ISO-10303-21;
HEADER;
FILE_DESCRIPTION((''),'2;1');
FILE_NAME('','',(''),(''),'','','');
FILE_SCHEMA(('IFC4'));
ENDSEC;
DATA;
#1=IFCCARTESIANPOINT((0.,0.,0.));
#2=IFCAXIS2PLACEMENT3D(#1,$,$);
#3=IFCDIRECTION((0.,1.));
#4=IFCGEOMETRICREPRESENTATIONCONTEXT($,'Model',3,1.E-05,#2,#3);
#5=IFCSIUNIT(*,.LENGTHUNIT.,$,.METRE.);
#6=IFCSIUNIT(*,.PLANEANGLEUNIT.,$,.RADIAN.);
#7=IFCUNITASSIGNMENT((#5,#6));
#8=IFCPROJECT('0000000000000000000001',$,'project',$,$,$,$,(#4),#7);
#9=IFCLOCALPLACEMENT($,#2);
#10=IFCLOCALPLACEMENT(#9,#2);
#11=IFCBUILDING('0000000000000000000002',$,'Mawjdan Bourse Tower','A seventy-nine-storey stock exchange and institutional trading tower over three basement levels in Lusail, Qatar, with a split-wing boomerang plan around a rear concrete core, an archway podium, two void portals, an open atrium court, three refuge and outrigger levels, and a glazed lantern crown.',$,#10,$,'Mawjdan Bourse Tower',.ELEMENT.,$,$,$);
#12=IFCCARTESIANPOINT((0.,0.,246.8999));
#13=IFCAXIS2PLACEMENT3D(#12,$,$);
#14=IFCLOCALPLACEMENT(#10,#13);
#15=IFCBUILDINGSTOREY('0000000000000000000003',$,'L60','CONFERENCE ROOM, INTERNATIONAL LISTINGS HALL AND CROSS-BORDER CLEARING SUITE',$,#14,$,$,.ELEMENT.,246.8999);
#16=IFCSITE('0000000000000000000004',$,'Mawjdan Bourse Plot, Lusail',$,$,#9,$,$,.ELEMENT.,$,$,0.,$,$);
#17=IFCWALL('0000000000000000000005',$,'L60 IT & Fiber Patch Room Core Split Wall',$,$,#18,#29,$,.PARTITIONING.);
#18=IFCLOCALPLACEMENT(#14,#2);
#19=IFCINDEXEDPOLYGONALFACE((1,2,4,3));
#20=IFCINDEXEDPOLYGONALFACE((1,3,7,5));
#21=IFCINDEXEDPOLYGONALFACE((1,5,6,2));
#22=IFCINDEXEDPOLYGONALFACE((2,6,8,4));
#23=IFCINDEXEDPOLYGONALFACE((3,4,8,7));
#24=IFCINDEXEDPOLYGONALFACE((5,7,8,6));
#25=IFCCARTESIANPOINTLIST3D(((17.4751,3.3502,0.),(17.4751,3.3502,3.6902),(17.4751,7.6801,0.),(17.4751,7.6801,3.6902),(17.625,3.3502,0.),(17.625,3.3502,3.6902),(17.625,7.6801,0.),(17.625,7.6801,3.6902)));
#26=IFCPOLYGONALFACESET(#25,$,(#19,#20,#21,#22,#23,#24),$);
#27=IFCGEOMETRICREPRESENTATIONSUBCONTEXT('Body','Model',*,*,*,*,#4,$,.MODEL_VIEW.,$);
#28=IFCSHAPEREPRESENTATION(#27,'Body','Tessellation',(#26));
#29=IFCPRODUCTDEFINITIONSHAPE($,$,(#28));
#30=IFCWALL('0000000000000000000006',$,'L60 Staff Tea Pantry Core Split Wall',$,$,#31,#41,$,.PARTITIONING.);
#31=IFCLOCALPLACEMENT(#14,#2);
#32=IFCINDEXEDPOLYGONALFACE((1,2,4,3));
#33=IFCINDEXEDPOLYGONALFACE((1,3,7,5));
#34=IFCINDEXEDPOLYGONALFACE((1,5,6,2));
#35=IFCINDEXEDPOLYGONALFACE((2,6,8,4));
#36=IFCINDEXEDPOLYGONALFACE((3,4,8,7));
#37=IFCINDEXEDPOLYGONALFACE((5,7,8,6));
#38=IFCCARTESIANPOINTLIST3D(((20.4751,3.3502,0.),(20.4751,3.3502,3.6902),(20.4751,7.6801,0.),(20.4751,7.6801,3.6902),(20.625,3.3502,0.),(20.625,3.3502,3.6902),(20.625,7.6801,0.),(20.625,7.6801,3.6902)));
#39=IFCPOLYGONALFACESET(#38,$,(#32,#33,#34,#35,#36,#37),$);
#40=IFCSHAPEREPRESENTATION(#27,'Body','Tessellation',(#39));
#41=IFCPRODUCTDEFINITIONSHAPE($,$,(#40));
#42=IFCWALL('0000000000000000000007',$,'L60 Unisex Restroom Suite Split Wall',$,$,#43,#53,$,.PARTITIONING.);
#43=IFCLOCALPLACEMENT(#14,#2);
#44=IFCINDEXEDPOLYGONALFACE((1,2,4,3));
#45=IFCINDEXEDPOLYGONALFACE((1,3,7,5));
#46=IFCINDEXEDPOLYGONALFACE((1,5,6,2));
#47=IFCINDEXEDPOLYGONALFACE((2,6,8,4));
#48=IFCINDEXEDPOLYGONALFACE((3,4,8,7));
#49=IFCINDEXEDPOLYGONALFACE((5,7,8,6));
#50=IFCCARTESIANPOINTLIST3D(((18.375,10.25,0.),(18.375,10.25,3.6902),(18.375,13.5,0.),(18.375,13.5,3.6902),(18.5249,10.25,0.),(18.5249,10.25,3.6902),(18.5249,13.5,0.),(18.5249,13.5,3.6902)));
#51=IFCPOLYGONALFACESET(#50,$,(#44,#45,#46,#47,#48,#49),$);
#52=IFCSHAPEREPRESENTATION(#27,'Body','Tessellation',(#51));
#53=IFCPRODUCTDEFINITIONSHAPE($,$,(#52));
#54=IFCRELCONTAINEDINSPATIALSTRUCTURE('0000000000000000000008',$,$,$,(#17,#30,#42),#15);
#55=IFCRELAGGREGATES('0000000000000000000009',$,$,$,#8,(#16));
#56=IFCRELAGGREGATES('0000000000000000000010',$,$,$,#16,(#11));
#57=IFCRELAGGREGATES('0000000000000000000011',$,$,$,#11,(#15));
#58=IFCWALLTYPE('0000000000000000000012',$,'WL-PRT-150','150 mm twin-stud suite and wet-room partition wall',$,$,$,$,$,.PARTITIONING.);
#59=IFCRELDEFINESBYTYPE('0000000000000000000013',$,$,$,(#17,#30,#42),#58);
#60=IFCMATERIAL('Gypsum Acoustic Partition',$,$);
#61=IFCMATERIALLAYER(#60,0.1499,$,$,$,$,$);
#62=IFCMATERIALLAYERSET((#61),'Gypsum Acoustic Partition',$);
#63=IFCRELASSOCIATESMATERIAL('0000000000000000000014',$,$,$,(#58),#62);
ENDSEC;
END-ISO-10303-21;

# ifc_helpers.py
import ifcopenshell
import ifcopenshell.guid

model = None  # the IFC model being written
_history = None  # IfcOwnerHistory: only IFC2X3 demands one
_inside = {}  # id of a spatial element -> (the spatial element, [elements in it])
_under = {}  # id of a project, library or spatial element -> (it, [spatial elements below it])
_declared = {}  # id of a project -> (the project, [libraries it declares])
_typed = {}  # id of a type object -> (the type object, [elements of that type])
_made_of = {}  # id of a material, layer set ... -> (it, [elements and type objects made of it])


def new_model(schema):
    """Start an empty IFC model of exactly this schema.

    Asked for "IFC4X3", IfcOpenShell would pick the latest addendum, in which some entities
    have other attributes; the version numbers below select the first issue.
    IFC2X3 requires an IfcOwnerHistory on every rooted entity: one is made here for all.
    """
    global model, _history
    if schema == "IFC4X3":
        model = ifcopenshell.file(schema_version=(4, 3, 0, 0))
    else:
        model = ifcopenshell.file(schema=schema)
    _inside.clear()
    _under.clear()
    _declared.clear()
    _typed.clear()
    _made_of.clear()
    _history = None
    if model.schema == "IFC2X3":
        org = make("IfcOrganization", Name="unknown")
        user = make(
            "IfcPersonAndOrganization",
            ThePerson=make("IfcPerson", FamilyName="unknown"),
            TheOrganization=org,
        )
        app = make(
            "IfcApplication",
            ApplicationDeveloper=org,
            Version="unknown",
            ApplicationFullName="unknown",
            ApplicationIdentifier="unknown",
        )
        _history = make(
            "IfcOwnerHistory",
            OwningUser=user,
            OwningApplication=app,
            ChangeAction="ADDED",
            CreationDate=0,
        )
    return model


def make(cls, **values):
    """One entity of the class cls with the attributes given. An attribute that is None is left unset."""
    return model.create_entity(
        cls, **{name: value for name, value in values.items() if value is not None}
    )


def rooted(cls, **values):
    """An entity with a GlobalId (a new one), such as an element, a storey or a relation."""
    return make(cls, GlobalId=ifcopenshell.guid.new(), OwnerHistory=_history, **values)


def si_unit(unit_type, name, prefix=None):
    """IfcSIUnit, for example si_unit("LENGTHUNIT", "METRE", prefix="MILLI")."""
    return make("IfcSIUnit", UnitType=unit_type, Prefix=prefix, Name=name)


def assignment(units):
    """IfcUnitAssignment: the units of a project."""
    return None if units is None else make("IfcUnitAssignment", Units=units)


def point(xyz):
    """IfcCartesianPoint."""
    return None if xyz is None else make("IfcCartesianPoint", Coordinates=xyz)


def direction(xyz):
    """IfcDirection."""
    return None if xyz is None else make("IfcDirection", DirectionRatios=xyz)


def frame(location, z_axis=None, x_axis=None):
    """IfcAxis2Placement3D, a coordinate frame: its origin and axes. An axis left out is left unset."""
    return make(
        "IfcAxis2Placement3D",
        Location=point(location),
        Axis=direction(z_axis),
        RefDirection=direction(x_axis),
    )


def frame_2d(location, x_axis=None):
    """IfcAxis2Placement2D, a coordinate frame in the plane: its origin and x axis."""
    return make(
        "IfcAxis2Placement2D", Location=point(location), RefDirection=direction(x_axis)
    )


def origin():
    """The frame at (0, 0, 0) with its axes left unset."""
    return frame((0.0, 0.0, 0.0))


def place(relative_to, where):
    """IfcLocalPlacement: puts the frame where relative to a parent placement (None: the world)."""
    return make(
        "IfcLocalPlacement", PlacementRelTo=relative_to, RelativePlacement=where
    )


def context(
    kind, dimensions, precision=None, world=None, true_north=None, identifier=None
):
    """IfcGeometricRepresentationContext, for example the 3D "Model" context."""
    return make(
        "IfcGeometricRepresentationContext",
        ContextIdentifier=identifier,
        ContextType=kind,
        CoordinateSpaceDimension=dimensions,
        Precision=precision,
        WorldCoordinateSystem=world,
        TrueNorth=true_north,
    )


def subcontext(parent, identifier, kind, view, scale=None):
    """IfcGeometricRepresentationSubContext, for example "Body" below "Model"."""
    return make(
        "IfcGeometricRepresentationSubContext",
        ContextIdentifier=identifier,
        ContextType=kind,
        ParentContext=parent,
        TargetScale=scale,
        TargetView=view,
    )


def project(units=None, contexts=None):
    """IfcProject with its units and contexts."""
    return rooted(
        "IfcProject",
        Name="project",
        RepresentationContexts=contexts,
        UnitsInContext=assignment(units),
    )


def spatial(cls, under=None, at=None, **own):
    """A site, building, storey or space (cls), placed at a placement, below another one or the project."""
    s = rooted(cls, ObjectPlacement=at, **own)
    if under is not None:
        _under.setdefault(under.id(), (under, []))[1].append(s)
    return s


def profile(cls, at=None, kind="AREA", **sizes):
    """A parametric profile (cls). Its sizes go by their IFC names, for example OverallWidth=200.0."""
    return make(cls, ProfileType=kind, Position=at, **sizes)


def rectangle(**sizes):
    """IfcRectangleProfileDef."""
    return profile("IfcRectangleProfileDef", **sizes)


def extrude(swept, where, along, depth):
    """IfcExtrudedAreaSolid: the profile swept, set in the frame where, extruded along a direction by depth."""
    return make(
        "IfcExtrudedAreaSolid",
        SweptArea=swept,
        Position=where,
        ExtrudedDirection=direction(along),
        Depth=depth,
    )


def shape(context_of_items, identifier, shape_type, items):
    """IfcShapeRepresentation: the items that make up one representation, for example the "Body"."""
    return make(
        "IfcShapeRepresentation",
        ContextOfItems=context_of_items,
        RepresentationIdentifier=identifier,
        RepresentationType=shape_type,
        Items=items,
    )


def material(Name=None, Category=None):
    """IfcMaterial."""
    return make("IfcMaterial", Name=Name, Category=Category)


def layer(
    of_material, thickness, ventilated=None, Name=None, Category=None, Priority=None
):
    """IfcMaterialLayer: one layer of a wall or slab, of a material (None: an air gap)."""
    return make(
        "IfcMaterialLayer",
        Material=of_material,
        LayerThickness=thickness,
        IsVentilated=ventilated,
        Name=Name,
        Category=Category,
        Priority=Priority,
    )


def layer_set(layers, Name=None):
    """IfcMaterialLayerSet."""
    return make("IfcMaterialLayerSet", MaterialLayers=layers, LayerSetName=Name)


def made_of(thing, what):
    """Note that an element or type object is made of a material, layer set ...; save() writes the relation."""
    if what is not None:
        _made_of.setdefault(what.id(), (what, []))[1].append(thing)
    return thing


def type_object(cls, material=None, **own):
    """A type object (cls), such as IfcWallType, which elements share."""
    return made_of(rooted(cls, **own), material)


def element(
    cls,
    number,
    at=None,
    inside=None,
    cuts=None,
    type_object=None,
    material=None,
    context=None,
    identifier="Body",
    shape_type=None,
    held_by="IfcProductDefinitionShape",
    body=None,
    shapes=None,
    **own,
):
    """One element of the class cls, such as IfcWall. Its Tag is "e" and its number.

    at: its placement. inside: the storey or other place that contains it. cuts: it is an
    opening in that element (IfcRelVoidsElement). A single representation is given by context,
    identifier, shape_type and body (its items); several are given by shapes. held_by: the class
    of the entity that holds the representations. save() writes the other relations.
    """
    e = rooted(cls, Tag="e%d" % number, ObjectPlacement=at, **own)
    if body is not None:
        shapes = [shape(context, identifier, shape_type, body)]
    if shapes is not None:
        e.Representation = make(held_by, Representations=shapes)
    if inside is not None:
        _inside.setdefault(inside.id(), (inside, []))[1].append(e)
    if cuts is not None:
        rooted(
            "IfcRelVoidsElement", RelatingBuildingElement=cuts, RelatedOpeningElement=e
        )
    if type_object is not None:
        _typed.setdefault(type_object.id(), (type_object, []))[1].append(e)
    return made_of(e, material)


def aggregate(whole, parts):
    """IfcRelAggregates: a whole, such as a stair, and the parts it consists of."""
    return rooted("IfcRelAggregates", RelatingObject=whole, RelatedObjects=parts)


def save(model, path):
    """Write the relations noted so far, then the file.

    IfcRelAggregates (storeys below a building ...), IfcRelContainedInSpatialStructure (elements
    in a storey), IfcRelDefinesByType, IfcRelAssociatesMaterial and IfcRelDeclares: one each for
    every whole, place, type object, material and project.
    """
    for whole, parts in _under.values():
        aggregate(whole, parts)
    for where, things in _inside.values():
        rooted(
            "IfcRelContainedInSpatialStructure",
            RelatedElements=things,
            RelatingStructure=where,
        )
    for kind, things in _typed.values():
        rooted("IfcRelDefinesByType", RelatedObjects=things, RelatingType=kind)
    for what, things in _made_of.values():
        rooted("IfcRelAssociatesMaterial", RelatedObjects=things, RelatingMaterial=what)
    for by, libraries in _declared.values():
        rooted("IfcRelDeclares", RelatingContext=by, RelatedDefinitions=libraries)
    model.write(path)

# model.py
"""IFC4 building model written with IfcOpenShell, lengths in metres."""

from ifc_helpers import new_model, si_unit, direction, frame, frame_2d, origin, place, context, subcontext, project, spatial, rectangle, extrude, material, layer, layer_set, type_object, element, save


model = new_model("IFC4")

# Units and contexts
model_context = context("Model", 3, precision=1e-05, world=origin(), true_north=direction((0.0, 1.0)))
body_context = subcontext(model_context, "Body", "Model", "MODEL_VIEW")
ifc_project = project(units=[si_unit("LENGTHUNIT", "METRE"), si_unit("PLANEANGLEUNIT", "RADIAN")], contexts=[model_context])

# Site, building, storey
site_placement = place(None, origin())
site = spatial("IfcSite", under=ifc_project, at=site_placement, Name="Mawjdan Bourse Plot, Lusail", CompositionType="ELEMENT", RefElevation=0.0)
building_placement = place(site_placement, origin())
building = spatial("IfcBuilding", under=site, at=building_placement, Name="Mawjdan Bourse Tower", Description="A seventy-nine-storey stock exchange and institutional trading tower over three basement levels in Lusail, Qatar, with a split-wing boomerang plan around a rear concrete core, an archway podium, two void portals, an open atrium court, three refuge and outrigger levels, and a glazed lantern crown.", LongName="Mawjdan Bourse Tower", CompositionType="ELEMENT")
storey_placement = place(building_placement, frame((0.0, 0.0, 246.8999)))
storey = spatial("IfcBuildingStorey", under=building, at=storey_placement, Name="L60", Description="CONFERENCE ROOM, INTERNATIONAL LISTINGS HALL AND CROSS-BORDER CLEARING SUITE", CompositionType="ELEMENT", Elevation=246.8999)

# Walls
ifc_material_1 = material(Name="Gypsum Acoustic Partition")
ifc_layer_1 = layer(ifc_material_1, 0.1499)
ifc_layer_set_1 = layer_set([ifc_layer_1], Name="Gypsum Acoustic Partition")
wall_type_1 = type_object("IfcWallType", Name="WL-PRT-150", Description="150 mm twin-stud suite and wet-room partition wall", PredefinedType="PARTITIONING", material=ifc_layer_set_1)
for number, where, z_axis, x_axis, name in (
    (1, (17.55, 3.3501, 0.0), (0.0, 0.0, 1.0), (0.0, 1.0, 0.0), "L60 IT & Fiber Patch Room Core Split Wall"),
    (2, (20.55, 3.3501, 0.0), (0.0, 0.0, 1.0), (0.0, 1.0, 0.0), "L60 Staff Tea Pantry Core Split Wall"),
):
    element("IfcWall", number, at=place(storey_placement, frame(where, z_axis=z_axis, x_axis=x_axis)), inside=storey, type_object=wall_type_1, Name=name, PredefinedType="PARTITIONING", context=body_context, shape_type="SweptSolid", body=[
        extrude(rectangle(XDim=4.3298, YDim=0.1499, at=frame_2d((2.165, 0.0))), origin(), (0.0, 0.0, 1.0), 3.6902),
    ])
wall_1_placement = place(storey_placement, frame((18.45, 10.25, 0.0), z_axis=(0.0, 0.0, 1.0), x_axis=(0.0, 1.0, 0.0)))
element("IfcWall", 3, at=wall_1_placement, inside=storey, type_object=wall_type_1, Name="L60 Unisex Restroom Suite Split Wall", PredefinedType="PARTITIONING", context=body_context, shape_type="SweptSolid", body=[
    extrude(rectangle(XDim=3.25, YDim=0.1499, at=frame_2d((1.625, 0.0))), origin(), (0.0, 0.0, 1.0), 3.6902),
])

save(model, "model.ifc")
